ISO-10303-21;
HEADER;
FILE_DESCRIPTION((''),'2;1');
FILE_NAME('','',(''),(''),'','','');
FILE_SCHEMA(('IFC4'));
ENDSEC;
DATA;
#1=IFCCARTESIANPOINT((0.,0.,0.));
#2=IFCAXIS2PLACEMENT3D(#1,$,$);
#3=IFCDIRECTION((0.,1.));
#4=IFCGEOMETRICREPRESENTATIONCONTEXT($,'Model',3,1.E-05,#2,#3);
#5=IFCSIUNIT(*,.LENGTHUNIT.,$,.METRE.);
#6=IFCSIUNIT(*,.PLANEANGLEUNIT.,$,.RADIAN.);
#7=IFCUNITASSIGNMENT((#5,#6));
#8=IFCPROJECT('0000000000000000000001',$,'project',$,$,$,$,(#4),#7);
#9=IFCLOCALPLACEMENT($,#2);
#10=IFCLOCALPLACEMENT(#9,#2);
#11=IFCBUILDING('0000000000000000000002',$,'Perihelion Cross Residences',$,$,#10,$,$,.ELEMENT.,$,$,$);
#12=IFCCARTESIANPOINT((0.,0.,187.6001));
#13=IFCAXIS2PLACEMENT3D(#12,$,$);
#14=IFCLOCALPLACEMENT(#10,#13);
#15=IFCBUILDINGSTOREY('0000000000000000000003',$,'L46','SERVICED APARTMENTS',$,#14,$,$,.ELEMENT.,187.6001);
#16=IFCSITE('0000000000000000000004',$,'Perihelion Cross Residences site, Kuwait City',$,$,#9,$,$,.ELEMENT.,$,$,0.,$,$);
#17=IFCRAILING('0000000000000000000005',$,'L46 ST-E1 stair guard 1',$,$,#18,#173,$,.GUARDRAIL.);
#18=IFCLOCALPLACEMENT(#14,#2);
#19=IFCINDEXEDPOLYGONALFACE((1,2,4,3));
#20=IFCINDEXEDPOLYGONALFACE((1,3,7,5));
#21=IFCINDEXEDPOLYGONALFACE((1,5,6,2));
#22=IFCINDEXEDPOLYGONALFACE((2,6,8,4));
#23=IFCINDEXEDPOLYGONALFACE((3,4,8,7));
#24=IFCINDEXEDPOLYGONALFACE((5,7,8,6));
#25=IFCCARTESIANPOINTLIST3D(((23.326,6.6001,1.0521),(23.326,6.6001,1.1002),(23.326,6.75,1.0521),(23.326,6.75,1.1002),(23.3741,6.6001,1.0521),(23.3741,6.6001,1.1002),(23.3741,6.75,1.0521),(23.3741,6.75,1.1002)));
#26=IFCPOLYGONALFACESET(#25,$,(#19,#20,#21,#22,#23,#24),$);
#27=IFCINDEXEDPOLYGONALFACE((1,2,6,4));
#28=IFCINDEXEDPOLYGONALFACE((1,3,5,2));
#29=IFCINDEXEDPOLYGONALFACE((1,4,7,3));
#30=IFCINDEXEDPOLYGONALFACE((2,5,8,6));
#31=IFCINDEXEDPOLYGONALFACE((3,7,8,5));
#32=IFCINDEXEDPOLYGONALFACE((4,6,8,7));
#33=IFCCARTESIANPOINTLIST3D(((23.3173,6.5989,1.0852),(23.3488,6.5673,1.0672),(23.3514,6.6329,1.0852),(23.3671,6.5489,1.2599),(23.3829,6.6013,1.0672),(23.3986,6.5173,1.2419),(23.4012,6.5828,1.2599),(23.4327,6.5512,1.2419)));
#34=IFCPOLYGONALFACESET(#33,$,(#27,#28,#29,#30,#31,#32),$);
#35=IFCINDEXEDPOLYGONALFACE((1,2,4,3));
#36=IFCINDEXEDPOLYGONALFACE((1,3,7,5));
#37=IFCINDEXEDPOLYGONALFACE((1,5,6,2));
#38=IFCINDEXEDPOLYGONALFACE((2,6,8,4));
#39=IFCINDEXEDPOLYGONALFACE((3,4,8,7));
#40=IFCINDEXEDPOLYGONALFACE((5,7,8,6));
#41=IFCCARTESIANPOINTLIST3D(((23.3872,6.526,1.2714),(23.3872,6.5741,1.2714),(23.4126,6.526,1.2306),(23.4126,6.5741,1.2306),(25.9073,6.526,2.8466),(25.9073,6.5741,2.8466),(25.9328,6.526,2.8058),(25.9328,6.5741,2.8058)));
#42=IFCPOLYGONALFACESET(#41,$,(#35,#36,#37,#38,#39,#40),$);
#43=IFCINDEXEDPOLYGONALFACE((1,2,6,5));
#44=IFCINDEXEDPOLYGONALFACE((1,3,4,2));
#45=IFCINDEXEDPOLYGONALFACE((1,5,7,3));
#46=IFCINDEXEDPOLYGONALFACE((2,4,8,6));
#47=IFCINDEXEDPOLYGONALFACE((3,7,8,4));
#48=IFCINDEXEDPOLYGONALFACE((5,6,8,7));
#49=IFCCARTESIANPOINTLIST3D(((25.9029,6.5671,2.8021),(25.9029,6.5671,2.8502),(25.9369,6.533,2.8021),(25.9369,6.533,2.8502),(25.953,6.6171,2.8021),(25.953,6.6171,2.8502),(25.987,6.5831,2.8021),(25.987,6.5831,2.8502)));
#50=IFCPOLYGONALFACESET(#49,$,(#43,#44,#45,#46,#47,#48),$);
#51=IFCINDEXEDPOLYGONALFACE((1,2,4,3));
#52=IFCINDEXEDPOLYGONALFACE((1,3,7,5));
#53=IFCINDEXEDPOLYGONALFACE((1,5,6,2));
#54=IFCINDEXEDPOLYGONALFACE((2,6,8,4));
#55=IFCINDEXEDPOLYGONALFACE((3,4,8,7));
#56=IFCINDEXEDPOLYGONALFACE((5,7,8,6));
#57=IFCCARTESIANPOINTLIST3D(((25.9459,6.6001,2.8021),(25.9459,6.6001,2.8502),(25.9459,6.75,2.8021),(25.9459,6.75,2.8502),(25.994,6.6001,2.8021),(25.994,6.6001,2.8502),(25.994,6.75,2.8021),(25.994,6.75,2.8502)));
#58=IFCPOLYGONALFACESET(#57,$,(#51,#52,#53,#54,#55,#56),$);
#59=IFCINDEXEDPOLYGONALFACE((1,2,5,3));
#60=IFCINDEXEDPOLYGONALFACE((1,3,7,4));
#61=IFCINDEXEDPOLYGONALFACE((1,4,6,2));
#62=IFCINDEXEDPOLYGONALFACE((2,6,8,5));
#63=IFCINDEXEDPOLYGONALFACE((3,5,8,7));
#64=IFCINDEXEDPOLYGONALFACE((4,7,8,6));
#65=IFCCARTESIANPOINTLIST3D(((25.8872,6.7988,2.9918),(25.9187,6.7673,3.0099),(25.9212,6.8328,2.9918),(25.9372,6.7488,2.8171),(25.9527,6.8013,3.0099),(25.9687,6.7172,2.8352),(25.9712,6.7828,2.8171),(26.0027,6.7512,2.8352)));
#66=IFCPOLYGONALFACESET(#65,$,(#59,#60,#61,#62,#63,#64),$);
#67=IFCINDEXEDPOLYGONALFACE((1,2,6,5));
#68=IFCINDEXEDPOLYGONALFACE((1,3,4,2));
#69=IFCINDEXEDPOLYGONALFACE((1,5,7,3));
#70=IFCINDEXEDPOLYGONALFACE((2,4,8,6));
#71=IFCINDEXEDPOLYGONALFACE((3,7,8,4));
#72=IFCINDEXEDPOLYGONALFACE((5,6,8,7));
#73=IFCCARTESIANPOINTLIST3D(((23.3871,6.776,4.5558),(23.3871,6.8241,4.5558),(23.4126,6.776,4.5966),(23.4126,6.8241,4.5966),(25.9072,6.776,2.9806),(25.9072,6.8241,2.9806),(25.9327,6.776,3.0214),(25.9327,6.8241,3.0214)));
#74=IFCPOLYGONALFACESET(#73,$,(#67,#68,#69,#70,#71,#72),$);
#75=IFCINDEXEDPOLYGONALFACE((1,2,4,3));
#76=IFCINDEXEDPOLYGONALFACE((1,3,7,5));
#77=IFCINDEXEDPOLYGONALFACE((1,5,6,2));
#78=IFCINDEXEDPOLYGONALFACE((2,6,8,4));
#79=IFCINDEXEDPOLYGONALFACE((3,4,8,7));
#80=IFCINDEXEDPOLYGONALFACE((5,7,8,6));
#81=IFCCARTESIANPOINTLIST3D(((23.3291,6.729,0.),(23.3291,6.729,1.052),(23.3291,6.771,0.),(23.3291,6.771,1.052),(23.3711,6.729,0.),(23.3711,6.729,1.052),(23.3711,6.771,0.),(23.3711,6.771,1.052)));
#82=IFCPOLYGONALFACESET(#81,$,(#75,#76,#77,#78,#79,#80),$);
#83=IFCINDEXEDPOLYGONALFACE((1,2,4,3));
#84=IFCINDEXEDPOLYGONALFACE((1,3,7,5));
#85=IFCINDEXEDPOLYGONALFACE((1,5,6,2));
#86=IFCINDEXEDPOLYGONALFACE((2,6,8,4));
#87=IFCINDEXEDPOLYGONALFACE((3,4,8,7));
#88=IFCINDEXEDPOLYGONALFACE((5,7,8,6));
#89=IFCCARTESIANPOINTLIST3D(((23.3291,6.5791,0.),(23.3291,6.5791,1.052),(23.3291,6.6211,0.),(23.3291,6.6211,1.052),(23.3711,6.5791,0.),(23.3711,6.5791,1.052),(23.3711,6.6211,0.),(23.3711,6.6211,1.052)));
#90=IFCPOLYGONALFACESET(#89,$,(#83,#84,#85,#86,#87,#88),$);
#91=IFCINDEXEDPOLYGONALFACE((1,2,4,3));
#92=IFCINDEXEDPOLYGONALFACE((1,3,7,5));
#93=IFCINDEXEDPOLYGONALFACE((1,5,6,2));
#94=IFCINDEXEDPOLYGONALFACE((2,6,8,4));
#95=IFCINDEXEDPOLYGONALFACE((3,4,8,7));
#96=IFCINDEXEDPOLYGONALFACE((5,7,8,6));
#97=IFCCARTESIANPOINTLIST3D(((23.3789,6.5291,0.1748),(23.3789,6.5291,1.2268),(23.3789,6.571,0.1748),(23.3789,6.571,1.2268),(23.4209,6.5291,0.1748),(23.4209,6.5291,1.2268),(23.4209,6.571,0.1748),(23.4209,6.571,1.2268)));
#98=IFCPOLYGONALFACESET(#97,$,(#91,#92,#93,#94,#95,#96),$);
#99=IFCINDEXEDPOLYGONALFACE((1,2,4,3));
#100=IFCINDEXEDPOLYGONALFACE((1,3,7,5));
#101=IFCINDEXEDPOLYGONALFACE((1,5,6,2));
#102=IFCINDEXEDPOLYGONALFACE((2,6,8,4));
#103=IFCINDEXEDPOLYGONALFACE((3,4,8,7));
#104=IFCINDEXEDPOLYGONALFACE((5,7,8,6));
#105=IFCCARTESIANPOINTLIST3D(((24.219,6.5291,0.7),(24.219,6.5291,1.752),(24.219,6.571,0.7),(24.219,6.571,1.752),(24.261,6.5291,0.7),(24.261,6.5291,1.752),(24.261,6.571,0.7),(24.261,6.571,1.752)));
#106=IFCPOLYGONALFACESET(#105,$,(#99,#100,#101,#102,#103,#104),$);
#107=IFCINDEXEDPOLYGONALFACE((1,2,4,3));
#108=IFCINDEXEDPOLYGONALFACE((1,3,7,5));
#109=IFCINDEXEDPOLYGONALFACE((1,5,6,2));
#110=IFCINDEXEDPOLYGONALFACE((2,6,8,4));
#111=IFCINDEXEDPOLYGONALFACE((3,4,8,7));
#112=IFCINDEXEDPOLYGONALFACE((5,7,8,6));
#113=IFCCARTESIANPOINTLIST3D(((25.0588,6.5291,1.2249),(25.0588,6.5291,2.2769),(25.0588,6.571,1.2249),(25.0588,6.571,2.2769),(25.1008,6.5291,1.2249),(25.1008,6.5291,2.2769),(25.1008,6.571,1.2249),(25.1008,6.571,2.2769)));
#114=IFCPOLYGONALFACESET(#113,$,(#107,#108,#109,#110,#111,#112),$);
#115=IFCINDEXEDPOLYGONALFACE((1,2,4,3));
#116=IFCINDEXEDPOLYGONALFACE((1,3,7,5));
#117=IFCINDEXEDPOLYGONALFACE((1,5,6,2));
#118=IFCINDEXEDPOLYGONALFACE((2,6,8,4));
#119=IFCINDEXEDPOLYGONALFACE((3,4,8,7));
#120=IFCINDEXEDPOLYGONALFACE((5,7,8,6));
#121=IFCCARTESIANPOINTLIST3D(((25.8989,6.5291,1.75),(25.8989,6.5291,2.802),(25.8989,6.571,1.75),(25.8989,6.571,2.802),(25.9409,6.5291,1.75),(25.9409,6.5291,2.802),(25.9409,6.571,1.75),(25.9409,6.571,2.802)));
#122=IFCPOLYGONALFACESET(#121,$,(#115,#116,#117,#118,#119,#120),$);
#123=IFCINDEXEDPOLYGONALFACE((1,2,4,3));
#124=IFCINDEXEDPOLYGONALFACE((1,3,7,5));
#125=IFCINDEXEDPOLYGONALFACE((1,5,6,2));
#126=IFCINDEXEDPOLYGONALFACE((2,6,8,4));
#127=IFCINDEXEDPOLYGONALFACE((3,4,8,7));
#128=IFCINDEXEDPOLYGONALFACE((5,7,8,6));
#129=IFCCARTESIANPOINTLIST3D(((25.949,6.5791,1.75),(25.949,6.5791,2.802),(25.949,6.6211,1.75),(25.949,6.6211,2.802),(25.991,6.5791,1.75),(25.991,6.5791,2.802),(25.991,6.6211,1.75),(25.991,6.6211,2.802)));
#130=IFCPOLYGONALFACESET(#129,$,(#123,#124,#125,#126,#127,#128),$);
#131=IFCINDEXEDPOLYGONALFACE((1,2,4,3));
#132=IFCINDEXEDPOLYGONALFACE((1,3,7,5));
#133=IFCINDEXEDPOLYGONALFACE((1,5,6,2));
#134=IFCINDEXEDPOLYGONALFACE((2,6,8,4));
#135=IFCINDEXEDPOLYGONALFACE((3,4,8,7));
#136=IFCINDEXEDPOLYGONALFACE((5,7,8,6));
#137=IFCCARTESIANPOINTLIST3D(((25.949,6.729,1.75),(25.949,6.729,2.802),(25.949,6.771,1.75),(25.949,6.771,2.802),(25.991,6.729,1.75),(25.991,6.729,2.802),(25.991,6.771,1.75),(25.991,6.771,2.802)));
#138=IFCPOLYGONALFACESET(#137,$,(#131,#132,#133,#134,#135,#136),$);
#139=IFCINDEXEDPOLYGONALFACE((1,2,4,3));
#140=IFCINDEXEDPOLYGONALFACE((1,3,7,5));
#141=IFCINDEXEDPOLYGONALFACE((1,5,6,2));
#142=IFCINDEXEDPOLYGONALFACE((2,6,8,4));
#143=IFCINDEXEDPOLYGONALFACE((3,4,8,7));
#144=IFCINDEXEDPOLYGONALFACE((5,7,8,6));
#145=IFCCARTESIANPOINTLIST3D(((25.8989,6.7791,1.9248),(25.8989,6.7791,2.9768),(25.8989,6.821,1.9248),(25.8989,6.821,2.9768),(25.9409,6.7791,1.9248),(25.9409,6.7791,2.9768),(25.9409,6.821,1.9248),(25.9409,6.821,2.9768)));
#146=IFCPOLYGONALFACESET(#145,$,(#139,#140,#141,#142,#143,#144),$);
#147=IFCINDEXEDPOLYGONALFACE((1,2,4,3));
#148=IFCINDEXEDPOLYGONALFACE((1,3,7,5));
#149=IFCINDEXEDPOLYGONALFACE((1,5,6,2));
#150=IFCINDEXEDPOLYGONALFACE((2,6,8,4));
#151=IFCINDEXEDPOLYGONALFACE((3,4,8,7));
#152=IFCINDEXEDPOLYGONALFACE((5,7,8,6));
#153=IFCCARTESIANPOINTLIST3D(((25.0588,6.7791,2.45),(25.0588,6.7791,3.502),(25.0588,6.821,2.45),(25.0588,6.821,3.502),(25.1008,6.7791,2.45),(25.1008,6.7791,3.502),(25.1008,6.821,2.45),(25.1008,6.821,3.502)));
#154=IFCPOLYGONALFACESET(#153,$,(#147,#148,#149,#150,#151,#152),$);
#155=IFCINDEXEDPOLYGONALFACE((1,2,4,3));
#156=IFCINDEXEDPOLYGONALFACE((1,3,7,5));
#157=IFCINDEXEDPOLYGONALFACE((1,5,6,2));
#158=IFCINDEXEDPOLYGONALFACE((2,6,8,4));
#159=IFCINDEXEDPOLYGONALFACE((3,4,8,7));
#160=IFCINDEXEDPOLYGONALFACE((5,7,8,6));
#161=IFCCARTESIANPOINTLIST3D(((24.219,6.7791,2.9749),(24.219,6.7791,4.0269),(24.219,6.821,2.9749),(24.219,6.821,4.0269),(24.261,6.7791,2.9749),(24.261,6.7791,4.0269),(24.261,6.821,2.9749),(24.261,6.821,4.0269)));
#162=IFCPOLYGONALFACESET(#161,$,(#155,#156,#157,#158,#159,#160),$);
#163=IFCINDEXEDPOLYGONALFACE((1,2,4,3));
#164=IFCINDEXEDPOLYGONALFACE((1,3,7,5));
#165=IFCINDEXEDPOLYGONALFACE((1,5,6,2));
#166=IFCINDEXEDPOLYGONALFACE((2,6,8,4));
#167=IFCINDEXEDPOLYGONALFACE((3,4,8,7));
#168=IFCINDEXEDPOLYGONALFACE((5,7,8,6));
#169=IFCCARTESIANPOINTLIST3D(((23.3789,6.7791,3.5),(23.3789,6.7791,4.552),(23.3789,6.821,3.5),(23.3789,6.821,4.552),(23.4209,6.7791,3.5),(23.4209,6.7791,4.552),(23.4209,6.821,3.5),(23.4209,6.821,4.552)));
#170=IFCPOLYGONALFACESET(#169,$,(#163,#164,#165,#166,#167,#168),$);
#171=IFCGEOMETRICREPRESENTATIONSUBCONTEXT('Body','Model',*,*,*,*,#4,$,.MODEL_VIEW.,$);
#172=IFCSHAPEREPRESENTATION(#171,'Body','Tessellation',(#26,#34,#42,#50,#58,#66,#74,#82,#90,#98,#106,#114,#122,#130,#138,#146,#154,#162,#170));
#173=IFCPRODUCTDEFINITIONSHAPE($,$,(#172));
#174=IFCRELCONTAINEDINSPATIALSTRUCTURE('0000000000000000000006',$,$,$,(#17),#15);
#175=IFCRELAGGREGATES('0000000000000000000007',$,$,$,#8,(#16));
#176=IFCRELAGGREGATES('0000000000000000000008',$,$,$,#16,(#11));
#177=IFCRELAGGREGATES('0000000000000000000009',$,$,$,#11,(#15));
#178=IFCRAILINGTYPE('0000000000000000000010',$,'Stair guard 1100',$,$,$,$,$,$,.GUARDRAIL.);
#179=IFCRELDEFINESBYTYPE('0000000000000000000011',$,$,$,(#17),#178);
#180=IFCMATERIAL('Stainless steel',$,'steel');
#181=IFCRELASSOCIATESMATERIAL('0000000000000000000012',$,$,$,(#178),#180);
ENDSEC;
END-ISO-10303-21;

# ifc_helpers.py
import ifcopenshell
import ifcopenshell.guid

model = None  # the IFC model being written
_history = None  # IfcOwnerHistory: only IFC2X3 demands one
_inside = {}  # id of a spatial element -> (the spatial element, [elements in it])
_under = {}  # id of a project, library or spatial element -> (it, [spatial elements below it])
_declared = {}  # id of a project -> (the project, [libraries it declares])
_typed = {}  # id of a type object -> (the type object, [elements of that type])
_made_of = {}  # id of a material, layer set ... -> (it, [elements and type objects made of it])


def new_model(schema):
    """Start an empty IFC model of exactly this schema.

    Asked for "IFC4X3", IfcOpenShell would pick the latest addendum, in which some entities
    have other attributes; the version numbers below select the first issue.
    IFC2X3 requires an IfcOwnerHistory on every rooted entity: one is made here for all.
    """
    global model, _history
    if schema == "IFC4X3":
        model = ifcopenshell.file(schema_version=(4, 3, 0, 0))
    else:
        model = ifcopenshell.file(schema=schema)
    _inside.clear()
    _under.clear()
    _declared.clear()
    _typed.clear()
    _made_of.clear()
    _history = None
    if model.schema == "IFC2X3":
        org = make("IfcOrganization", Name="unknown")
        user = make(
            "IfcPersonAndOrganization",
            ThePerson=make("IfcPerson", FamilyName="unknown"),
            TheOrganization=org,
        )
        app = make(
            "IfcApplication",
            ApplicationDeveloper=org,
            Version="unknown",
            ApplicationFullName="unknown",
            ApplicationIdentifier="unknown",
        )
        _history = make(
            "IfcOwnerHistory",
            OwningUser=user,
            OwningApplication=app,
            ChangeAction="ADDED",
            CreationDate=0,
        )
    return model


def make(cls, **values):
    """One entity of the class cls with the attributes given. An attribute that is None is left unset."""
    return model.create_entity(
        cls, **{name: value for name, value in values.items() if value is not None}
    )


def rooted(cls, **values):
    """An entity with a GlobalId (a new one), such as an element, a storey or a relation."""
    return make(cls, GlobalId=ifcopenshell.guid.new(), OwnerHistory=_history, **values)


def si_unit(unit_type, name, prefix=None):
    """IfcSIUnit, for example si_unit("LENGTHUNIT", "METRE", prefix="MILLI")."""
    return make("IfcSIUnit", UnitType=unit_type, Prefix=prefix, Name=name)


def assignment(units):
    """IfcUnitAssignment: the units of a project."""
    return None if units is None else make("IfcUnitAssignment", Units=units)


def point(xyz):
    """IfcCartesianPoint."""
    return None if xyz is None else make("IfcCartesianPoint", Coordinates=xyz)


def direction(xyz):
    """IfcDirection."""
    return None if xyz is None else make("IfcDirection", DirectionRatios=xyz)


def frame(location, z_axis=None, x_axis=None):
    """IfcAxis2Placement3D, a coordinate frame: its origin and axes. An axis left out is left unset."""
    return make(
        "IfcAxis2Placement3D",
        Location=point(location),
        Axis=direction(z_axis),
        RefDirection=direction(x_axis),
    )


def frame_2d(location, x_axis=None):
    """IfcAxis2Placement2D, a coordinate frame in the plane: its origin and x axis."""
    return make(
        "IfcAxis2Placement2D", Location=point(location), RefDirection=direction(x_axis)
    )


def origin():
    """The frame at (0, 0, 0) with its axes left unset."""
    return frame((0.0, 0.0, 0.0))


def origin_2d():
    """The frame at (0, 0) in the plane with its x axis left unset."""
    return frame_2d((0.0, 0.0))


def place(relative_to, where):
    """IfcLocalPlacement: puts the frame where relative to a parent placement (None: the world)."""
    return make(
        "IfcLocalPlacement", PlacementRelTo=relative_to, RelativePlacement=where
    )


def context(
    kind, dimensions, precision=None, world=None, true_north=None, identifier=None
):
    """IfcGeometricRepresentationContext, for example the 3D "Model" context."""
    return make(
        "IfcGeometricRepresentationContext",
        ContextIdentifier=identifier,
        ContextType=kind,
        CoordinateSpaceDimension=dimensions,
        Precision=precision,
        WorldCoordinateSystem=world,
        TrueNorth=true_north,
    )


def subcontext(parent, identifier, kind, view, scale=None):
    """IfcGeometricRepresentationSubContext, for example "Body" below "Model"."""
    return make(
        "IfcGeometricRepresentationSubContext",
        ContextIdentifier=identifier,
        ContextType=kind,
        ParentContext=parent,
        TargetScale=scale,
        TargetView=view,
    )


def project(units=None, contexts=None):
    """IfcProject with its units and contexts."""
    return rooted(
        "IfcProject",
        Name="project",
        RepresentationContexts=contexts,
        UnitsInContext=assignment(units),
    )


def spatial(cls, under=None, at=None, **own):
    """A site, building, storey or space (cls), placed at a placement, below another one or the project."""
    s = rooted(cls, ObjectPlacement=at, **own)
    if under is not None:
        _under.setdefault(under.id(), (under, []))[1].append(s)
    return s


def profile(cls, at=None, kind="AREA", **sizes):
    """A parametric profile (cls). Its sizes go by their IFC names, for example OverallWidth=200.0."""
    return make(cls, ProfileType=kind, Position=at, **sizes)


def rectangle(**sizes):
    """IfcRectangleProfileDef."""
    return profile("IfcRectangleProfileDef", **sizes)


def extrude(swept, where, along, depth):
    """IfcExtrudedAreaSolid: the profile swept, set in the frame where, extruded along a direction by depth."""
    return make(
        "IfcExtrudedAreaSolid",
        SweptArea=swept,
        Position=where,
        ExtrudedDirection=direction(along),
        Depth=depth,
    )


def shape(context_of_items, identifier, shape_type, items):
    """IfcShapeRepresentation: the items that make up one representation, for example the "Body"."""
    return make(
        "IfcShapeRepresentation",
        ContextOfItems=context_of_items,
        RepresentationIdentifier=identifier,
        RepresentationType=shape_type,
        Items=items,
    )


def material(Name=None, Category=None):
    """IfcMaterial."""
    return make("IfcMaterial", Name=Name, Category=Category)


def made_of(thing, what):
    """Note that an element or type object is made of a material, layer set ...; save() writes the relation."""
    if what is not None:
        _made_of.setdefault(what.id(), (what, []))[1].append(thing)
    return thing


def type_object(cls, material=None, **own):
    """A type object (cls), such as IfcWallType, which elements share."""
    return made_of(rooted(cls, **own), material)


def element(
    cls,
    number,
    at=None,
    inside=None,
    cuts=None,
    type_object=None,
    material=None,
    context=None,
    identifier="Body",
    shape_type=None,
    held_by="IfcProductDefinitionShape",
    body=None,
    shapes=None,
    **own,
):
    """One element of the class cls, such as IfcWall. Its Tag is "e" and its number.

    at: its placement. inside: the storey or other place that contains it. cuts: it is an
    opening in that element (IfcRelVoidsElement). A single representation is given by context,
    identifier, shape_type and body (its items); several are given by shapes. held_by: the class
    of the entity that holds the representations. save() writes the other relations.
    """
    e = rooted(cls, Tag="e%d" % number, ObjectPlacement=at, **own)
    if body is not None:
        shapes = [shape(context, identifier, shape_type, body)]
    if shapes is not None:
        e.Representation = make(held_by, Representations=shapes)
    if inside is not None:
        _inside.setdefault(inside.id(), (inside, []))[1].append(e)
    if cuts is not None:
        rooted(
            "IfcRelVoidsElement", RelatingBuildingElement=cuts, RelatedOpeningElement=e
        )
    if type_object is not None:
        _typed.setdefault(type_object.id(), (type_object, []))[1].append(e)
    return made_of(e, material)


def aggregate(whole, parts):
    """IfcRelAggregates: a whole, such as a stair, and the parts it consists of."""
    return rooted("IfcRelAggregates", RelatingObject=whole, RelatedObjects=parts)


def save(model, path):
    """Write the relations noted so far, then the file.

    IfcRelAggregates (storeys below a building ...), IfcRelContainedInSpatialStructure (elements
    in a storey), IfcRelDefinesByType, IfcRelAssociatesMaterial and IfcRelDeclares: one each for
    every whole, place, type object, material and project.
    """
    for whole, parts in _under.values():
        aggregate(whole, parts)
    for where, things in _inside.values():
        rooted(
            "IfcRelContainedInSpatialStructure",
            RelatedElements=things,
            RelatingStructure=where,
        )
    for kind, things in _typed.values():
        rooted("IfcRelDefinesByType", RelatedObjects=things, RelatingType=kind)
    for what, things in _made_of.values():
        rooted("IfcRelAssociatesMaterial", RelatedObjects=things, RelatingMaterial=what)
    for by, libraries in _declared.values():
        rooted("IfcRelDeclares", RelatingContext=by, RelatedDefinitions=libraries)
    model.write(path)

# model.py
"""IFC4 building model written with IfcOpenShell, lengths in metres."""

from ifc_helpers import new_model, si_unit, direction, frame, origin, origin_2d, place, context, subcontext, project, spatial, rectangle, extrude, material, type_object, element, save


model = new_model("IFC4")

# Units and contexts
model_context = context("Model", 3, precision=1e-05, world=origin(), true_north=direction((0.0, 1.0)))
body_context = subcontext(model_context, "Body", "Model", "MODEL_VIEW")
ifc_project = project(units=[si_unit("LENGTHUNIT", "METRE"), si_unit("PLANEANGLEUNIT", "RADIAN")], contexts=[model_context])

# Site, building, storey
site_placement = place(None, origin())
site = spatial("IfcSite", under=ifc_project, at=site_placement, Name="Perihelion Cross Residences site, Kuwait City", CompositionType="ELEMENT", RefElevation=0.0)
building_placement = place(site_placement, origin())
building = spatial("IfcBuilding", under=site, at=building_placement, Name="Perihelion Cross Residences", CompositionType="ELEMENT")
storey_placement = place(building_placement, frame((0.0, 0.0, 187.6001)))
storey = spatial("IfcBuildingStorey", under=building, at=storey_placement, Name="L46", Description="SERVICED APARTMENTS", CompositionType="ELEMENT", Elevation=187.6001)

# Railing
ifc_material_1 = material(Name="Stainless steel", Category="steel")
railing_type_1 = type_object("IfcRailingType", Name="Stair guard 1100", PredefinedType="GUARDRAIL", material=ifc_material_1)
railing_1_placement = place(storey_placement, frame((23.3501, 6.75, 0.0)))
element("IfcRailing", 1, at=railing_1_placement, inside=storey, type_object=railing_type_1, Name="L46 ST-E1 stair guard 1", PredefinedType="GUARDRAIL", context=body_context, shape_type="SweptSolid", body=[
    extrude(rectangle(XDim=0.0481, YDim=0.0481, at=origin_2d()), frame((0.0, 0.0, 1.0762), z_axis=(0.0, -1.0, 0.0), x_axis=(1.0, 0.0, 0.0)), (0.0, 0.0, 1.0), 0.1499),
    extrude(rectangle(XDim=0.0481, YDim=0.0481, at=origin_2d()), frame((0.0, -0.1499, 1.0762), z_axis=(0.264179, -0.265474, 0.927218), x_axis=(0.708834, 0.705376, 0.0)), (0.0, 0.0, 1.0), 0.1885),
    extrude(rectangle(XDim=0.0481, YDim=0.0481, at=origin_2d()), frame((0.0498, -0.2, 1.251), z_axis=(0.847971, 0.0, 0.530043), x_axis=(0.0, 1.0, 0.0)), (0.0, 0.0, 1.0), 2.9719),
    extrude(rectangle(XDim=0.0481, YDim=0.0481, at=origin_2d()), frame((2.5698, -0.2, 2.8262), z_axis=(0.707107, 0.707107, 0.0), x_axis=(-0.707107, 0.707107, 0.0)), (0.0, 0.0, 1.0), 0.0708),
    extrude(rectangle(XDim=0.0481, YDim=0.0481, at=origin_2d()), frame((2.6199, -0.1499, 2.8262), z_axis=(0.0, 1.0, 0.0), x_axis=(-1.0, 0.0, 0.0)), (0.0, 0.0, 1.0), 0.1499),
    extrude(rectangle(XDim=0.0481, YDim=0.0481, at=origin_2d()), frame((2.6199, 0.0, 2.8262), z_axis=(-0.265383, 0.265383, 0.9269), x_axis=(-0.707107, -0.707107, 0.0)), (0.0, 0.0, 1.0), 0.1885),
    extrude(rectangle(XDim=0.0481, YDim=0.0481, at=origin_2d()), frame((2.5698, 0.05, 3.001), z_axis=(-0.847971, 0.0, 0.530043), x_axis=(0.0, -1.0, 0.0)), (0.0, 0.0, 1.0), 2.9719),
    extrude(rectangle(XDim=0.042, YDim=0.042, at=origin_2d()), origin(), (0.0, 0.0, 1.0), 1.052),
    extrude(rectangle(XDim=0.042, YDim=0.042, at=origin_2d()), frame((0.0, -0.1499, 0.0)), (0.0, 0.0, 1.0), 1.052),
    extrude(rectangle(XDim=0.042, YDim=0.042, at=origin_2d()), frame((0.0498, -0.2, 0.1748)), (0.0, 0.0, 1.0), 1.052),
    extrude(rectangle(XDim=0.042, YDim=0.042, at=origin_2d()), frame((0.8899, -0.2, 0.7)), (0.0, 0.0, 1.0), 1.052),
    extrude(rectangle(XDim=0.042, YDim=0.042, at=origin_2d()), frame((1.7297, -0.2, 1.2249)), (0.0, 0.0, 1.0), 1.052),
    extrude(rectangle(XDim=0.042, YDim=0.042, at=origin_2d()), frame((2.5698, -0.2, 1.75)), (0.0, 0.0, 1.0), 1.052),
    extrude(rectangle(XDim=0.042, YDim=0.042, at=origin_2d()), frame((2.6199, -0.1499, 1.75)), (0.0, 0.0, 1.0), 1.052),
    extrude(rectangle(XDim=0.042, YDim=0.042, at=origin_2d()), frame((2.6199, 0.0, 1.75)), (0.0, 0.0, 1.0), 1.052),
    extrude(rectangle(XDim=0.042, YDim=0.042, at=origin_2d()), frame((2.5698, 0.05, 1.9248)), (0.0, 0.0, 1.0), 1.052),
    extrude(rectangle(XDim=0.042, YDim=0.042, at=origin_2d()), frame((1.7297, 0.05, 2.45)), (0.0, 0.0, 1.0), 1.052),
    extrude(rectangle(XDim=0.042, YDim=0.042, at=origin_2d()), frame((0.8899, 0.05, 2.9749)), (0.0, 0.0, 1.0), 1.052),
    extrude(rectangle(XDim=0.042, YDim=0.042, at=origin_2d()), frame((0.0498, 0.05, 3.5)), (0.0, 0.0, 1.0), 1.052),
])

save(model, "model.ifc")
